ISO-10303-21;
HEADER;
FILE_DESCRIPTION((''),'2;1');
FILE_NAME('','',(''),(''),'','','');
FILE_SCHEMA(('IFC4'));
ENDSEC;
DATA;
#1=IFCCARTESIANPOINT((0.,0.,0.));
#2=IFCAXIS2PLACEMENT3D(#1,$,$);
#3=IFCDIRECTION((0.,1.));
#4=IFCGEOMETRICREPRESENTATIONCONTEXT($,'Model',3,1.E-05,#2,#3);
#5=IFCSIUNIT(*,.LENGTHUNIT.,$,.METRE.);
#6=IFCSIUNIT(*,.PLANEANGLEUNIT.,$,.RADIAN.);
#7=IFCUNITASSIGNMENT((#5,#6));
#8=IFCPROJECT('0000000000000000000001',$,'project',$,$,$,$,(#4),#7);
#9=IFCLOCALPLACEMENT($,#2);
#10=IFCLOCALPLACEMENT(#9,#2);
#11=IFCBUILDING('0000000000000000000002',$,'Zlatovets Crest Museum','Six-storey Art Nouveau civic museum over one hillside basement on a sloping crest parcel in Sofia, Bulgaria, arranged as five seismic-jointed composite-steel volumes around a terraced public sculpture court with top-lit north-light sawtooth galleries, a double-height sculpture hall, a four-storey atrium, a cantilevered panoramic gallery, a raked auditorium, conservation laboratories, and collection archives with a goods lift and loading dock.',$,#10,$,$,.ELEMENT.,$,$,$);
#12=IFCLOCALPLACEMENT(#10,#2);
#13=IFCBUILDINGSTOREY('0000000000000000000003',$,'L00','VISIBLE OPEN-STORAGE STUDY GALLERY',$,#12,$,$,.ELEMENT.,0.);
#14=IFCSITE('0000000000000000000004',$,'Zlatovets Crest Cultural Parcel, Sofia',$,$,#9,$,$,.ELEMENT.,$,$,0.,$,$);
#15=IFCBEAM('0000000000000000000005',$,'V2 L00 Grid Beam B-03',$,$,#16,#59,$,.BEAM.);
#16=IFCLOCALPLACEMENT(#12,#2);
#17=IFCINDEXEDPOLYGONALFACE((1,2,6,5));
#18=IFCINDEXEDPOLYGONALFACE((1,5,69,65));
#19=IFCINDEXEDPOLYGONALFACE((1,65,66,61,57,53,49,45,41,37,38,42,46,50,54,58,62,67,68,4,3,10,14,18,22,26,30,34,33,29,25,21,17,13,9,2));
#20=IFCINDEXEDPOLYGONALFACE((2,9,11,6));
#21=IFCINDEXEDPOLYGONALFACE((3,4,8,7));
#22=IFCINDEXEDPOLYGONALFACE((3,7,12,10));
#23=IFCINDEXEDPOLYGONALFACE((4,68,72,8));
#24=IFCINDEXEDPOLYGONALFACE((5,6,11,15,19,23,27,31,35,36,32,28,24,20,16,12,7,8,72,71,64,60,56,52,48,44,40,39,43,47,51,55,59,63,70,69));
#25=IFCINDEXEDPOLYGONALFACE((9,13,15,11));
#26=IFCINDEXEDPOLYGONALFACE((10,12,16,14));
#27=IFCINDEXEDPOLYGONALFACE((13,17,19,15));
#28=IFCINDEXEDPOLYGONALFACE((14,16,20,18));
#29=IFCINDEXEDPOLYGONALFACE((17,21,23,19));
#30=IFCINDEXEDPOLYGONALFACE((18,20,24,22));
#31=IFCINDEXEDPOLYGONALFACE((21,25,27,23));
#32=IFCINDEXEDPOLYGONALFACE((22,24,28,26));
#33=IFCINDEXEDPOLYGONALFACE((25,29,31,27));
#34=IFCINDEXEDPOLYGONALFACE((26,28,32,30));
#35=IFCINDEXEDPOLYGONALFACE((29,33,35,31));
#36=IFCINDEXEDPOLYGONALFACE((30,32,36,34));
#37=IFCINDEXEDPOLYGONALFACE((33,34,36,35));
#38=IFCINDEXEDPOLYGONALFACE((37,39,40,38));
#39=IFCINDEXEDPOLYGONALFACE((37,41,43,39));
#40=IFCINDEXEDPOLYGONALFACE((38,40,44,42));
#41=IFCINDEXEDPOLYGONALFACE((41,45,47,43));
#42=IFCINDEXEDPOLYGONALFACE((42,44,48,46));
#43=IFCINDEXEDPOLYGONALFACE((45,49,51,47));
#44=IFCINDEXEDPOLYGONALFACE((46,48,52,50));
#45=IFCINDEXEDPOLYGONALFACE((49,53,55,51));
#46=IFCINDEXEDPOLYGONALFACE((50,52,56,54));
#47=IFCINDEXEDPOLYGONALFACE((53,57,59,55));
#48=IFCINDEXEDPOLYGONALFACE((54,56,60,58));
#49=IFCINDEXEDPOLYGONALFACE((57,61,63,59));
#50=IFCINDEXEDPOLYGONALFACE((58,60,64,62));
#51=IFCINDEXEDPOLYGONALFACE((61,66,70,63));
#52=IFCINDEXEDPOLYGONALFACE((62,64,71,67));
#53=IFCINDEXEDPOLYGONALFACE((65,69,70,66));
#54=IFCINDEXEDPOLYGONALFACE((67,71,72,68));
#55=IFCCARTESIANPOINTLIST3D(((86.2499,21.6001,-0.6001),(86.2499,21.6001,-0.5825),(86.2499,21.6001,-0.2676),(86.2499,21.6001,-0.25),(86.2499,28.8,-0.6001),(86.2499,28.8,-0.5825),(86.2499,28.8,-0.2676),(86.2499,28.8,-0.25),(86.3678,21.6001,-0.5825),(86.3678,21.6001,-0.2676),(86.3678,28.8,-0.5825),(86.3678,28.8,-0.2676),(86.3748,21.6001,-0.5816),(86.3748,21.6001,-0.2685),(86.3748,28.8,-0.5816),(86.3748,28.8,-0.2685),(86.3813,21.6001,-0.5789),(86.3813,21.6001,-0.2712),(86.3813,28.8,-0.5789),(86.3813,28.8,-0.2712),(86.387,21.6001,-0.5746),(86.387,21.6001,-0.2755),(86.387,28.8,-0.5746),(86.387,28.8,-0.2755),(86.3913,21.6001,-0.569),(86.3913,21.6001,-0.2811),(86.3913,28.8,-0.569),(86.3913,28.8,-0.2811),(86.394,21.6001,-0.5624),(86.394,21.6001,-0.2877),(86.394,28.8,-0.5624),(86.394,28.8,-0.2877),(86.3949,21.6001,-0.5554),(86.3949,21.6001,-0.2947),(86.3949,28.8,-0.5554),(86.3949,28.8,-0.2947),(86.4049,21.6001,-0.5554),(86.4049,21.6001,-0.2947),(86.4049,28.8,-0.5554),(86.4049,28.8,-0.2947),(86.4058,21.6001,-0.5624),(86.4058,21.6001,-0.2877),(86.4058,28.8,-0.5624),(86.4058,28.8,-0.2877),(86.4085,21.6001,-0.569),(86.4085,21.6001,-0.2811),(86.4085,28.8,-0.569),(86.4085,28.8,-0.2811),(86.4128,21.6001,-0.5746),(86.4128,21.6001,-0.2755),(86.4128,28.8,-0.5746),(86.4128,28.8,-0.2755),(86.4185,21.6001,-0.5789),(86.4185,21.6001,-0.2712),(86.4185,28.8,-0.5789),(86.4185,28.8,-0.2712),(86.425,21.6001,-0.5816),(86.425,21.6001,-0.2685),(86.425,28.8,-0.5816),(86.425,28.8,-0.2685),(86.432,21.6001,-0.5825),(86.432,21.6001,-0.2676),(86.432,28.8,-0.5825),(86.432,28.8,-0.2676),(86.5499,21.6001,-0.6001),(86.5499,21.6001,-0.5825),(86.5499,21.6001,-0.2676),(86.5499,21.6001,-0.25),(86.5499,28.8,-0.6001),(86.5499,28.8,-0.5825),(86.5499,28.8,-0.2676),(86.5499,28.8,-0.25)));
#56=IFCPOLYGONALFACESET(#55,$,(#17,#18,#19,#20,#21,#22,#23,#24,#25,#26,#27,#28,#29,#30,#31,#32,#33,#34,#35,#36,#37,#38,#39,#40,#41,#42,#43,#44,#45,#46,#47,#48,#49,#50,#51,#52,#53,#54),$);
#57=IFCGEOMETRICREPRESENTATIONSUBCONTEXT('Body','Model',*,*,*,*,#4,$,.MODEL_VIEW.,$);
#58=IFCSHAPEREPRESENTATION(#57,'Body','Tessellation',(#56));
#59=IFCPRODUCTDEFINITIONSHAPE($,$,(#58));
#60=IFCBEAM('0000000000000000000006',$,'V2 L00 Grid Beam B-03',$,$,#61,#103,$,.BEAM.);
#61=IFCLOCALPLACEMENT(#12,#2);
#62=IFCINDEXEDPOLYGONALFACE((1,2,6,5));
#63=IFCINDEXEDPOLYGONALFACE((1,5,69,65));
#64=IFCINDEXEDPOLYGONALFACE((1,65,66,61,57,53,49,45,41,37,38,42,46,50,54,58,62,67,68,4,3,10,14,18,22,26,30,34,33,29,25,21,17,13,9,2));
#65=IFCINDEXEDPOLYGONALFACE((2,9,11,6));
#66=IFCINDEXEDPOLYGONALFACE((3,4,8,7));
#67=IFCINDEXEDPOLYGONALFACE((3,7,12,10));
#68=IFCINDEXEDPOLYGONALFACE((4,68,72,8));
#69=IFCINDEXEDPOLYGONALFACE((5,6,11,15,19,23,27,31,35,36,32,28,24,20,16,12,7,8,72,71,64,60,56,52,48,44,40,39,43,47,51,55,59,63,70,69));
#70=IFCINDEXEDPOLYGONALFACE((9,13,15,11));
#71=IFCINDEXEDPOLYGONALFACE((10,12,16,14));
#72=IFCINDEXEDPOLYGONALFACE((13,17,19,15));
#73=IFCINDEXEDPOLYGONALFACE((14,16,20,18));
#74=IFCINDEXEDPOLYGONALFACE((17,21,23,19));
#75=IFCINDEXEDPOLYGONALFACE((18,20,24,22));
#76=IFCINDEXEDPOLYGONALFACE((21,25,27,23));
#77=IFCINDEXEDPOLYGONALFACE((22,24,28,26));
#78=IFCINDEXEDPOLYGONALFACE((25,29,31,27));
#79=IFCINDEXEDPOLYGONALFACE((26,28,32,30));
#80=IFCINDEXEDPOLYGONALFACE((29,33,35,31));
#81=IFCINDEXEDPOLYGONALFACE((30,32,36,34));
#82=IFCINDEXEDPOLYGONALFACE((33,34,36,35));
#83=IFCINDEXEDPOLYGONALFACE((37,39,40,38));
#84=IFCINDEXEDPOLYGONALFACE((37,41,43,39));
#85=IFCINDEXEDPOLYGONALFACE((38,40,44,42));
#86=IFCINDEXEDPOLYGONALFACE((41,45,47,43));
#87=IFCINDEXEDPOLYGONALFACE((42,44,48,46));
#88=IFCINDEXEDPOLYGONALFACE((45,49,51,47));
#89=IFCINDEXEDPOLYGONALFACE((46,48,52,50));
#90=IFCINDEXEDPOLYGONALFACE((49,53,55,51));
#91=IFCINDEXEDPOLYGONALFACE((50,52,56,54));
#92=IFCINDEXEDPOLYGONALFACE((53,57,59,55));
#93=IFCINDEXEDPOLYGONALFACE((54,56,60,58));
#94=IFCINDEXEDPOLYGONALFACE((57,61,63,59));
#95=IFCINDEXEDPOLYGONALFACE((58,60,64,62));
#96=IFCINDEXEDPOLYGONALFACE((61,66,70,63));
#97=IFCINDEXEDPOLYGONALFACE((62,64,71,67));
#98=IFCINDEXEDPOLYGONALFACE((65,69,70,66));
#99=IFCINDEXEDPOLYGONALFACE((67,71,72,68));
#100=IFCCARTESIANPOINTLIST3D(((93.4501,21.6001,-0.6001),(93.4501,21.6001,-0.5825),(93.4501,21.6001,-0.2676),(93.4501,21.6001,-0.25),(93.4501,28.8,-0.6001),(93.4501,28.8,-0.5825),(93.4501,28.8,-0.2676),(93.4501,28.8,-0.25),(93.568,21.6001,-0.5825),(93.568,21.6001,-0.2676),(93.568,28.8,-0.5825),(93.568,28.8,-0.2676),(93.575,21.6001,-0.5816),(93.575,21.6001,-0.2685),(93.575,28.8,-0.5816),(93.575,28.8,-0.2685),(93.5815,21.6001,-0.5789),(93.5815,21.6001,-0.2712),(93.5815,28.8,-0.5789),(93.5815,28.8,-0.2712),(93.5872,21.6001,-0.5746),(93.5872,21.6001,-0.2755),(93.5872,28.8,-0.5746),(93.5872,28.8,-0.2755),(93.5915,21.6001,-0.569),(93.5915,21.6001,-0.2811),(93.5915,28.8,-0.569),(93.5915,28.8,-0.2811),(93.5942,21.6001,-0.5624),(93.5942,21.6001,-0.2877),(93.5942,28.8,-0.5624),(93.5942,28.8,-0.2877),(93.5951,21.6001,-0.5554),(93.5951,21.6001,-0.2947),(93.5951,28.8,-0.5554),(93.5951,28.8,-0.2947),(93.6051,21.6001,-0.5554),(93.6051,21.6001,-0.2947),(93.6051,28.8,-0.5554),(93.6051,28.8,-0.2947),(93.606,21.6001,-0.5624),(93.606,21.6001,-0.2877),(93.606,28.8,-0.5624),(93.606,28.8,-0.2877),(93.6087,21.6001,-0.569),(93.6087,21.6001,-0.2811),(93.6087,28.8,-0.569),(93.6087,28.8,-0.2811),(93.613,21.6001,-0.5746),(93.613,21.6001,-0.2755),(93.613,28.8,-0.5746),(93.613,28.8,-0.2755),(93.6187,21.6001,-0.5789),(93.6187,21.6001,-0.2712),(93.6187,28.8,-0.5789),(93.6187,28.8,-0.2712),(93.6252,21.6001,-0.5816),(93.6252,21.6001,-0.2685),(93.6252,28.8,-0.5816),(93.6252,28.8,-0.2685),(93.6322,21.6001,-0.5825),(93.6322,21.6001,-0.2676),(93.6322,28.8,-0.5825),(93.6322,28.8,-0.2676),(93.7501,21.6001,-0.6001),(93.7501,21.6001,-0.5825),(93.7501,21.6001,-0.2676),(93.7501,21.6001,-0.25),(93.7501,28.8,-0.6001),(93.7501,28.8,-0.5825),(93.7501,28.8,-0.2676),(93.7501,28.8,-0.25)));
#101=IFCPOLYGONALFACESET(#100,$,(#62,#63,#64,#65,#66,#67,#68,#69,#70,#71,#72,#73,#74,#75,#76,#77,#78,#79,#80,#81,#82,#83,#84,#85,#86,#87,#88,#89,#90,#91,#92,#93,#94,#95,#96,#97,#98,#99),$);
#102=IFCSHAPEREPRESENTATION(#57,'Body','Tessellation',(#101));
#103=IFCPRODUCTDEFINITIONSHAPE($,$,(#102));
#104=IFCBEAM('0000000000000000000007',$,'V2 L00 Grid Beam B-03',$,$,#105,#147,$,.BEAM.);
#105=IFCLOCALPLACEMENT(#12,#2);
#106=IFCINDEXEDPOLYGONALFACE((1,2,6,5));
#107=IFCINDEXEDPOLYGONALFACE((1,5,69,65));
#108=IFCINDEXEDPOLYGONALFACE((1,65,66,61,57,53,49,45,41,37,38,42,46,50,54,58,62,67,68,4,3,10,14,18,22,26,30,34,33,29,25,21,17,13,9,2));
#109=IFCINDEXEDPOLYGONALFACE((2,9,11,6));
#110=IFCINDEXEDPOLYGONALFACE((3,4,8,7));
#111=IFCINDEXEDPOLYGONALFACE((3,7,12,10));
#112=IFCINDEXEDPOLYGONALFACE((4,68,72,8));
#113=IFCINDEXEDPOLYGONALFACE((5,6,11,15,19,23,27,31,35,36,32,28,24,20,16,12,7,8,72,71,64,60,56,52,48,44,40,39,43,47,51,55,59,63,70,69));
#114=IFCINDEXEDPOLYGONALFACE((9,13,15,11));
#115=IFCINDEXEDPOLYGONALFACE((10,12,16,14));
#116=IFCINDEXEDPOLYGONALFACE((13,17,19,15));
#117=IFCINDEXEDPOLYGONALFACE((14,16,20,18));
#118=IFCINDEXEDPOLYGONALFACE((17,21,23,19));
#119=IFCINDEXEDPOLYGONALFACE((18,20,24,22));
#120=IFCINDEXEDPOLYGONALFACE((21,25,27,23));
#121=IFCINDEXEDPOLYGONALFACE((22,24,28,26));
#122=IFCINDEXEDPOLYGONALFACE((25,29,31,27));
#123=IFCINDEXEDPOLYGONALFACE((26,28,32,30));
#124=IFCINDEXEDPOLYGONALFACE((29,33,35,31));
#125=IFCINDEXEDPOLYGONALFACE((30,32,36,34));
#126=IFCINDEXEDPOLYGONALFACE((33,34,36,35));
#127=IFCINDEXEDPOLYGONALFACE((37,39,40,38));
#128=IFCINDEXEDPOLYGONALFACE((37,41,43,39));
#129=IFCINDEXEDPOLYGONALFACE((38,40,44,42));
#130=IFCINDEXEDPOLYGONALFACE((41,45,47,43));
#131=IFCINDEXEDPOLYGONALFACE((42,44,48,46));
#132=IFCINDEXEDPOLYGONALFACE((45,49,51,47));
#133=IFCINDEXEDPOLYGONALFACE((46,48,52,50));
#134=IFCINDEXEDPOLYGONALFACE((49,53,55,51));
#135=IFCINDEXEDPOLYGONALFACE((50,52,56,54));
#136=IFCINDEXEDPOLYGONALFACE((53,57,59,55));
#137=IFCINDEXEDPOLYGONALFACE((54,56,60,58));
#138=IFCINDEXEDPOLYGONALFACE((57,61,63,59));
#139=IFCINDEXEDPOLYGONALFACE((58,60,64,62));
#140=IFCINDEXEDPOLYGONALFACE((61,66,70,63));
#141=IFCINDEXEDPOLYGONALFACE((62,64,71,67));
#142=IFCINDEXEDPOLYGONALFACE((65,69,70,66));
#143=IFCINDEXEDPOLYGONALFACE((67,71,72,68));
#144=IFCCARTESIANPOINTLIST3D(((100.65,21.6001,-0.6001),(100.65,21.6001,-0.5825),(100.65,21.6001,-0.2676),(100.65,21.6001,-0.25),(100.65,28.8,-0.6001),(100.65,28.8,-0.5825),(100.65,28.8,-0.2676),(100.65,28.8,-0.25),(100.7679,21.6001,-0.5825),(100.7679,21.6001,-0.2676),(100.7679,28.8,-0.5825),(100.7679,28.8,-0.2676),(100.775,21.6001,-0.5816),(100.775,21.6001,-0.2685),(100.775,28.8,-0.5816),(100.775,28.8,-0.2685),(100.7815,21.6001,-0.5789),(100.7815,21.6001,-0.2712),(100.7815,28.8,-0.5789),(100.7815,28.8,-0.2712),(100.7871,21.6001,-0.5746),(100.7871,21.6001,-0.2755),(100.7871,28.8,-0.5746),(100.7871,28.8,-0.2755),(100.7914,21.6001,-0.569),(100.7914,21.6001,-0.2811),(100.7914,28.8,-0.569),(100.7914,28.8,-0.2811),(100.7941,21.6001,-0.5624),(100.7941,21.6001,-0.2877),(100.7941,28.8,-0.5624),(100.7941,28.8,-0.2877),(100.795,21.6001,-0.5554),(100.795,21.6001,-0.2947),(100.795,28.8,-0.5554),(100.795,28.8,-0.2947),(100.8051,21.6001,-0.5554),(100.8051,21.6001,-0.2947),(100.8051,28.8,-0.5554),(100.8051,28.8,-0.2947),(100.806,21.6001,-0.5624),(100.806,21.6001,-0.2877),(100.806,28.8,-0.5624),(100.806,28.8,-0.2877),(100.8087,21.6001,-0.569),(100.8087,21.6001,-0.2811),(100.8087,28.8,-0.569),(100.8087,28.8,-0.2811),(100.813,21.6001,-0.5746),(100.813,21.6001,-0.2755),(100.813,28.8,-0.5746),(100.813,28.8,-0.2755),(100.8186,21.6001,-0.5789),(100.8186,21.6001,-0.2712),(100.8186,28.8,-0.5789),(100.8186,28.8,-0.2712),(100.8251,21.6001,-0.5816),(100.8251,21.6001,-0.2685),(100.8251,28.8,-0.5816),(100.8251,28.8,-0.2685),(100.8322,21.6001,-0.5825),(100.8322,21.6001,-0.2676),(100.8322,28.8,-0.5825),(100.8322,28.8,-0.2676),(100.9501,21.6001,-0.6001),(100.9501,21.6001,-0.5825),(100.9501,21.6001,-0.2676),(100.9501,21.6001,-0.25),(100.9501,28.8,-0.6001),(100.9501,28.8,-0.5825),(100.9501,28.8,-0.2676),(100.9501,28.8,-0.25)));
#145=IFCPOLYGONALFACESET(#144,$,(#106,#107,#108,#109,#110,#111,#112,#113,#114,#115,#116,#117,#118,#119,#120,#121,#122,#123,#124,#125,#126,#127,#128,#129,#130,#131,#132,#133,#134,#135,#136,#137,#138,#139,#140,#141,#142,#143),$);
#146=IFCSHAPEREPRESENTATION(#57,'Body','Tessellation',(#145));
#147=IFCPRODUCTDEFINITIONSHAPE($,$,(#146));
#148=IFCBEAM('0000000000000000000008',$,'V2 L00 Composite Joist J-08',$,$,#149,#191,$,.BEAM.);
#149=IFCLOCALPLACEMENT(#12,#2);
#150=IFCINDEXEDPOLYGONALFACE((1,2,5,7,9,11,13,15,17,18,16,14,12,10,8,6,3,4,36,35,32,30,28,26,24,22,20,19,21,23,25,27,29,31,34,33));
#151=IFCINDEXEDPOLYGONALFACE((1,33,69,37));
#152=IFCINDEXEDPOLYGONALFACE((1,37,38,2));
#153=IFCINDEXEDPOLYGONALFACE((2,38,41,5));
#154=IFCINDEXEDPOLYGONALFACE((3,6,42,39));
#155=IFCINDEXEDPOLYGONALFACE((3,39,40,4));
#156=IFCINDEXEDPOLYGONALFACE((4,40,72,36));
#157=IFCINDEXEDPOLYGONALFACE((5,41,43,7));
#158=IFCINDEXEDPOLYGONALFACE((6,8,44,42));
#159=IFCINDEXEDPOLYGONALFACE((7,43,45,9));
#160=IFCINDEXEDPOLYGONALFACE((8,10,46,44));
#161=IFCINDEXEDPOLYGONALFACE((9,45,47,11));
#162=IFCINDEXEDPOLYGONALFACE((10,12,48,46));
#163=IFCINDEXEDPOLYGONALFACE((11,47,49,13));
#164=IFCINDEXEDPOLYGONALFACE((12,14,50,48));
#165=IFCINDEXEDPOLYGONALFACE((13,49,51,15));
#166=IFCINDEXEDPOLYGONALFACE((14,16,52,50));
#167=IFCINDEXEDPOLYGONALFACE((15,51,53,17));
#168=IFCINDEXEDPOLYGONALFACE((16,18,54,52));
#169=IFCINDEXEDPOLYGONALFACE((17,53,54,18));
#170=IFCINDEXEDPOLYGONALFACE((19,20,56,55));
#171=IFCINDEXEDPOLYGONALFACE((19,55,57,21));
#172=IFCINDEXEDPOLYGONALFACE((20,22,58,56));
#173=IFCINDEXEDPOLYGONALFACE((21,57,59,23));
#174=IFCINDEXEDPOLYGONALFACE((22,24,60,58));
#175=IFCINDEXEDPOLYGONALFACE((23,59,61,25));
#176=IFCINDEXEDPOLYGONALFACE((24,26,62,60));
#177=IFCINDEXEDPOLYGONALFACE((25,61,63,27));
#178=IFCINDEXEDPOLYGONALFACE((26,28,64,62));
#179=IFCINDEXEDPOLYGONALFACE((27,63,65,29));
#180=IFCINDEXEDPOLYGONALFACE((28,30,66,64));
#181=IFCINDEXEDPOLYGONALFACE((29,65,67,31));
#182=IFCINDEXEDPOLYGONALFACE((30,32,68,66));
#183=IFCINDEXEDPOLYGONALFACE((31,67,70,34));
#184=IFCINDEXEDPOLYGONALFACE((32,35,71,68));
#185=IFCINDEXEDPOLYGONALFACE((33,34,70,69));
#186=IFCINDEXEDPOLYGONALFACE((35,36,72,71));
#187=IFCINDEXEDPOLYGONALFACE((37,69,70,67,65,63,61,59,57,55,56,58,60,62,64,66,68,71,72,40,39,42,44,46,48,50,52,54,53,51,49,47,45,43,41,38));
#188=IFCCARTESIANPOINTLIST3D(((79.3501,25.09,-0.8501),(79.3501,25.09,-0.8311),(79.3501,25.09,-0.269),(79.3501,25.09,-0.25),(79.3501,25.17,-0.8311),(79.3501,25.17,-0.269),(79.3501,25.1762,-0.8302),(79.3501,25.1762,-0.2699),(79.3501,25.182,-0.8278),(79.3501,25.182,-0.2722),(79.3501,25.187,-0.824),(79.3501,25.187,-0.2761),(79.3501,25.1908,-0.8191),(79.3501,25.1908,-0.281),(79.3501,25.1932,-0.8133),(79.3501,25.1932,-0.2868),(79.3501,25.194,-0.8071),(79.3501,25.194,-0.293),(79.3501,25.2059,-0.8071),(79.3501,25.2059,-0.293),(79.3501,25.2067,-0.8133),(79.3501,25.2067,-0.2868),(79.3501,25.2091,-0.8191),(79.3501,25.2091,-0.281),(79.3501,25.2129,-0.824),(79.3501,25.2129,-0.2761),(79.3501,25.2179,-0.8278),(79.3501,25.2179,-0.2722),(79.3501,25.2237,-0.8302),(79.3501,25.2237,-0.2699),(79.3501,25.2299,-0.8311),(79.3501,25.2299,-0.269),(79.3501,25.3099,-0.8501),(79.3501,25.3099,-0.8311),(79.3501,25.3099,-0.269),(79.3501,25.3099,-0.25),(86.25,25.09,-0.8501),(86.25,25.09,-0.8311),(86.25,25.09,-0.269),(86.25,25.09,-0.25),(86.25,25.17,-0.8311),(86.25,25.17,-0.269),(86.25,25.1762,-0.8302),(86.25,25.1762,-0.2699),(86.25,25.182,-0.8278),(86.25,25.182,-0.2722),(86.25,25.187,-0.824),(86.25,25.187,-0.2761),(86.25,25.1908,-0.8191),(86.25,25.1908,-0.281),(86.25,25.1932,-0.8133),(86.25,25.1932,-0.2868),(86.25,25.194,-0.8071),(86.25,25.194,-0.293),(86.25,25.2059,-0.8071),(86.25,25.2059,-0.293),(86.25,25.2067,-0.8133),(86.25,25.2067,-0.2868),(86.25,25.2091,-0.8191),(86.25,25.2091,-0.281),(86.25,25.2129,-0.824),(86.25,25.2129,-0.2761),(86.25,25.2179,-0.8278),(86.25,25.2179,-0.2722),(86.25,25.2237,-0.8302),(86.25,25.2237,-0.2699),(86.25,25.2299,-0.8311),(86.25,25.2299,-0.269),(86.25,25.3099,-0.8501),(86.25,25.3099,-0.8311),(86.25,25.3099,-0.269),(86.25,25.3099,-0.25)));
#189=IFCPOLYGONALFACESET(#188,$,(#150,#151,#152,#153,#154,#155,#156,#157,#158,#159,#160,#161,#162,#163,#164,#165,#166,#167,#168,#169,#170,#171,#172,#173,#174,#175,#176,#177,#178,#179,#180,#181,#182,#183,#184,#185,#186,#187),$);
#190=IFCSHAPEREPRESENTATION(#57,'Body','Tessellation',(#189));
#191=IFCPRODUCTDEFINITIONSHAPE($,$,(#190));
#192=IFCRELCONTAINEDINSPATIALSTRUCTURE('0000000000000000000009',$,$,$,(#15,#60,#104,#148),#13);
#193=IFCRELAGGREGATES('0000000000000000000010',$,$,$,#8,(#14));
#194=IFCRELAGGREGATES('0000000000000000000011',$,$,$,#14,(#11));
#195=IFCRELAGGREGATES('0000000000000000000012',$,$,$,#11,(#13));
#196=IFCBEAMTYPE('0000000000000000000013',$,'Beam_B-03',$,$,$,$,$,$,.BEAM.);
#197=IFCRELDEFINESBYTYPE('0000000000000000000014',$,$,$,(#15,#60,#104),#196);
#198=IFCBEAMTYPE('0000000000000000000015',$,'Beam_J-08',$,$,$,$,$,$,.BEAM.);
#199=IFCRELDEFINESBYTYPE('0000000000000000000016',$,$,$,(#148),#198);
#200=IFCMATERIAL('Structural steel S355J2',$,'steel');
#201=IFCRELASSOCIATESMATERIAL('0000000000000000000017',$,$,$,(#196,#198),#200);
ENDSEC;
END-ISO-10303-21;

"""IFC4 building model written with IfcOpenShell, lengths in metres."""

from ifc_helpers import new_model, si_unit, direction, frame, origin, origin_2d, place, context, subcontext, project, spatial, i_section, extrude, material, material_profile, profile_set, type_object, element, save


model = new_model("IFC4")

# Units and contexts
model_context = context("Model", 3, precision=1e-05, world=origin(), true_north=direction((0.0, 1.0)))
body_context = subcontext(model_context, "Body", "Model", "MODEL_VIEW")
ifc_project = project(units=[si_unit("LENGTHUNIT", "METRE"), si_unit("PLANEANGLEUNIT", "RADIAN")], contexts=[model_context])

# Site, building, storey
site_placement = place(None, origin())
site = spatial("IfcSite", under=ifc_project, at=site_placement, Name="Zlatovets Crest Cultural Parcel, Sofia", CompositionType="ELEMENT", RefElevation=0.0)
building_placement = place(site_placement, origin())
building = spatial("IfcBuilding", under=site, at=building_placement, Name="Zlatovets Crest Museum", Description="Six-storey Art Nouveau civic museum over one hillside basement on a sloping crest parcel in Sofia, Bulgaria, arranged as five seismic-jointed composite-steel volumes around a terraced public sculpture court with top-lit north-light sawtooth galleries, a double-height sculpture hall, a four-storey atrium, a cantilevered panoramic gallery, a raked auditorium, conservation laboratories, and collection archives with a goods lift and loading dock.", CompositionType="ELEMENT")
storey_placement = place(building_placement, origin())
storey = spatial("IfcBuildingStorey", under=building, at=storey_placement, Name="L00", Description="VISIBLE OPEN-STORAGE STUDY GALLERY", CompositionType="ELEMENT", Elevation=0.0)

# Shared definitions
ifc_material_1 = material(Name="Structural steel S355J2", Category="steel")

# Beams
ifc_material_profile_1 = material_profile(ifc_material_1, i_section(OverallWidth=0.3, OverallDepth=0.3501, WebThickness=0.01, FlangeThickness=0.0176, FilletRadius=0.0271, at=origin_2d()), Name="HEA 360")
ifc_profile_set_1 = profile_set([ifc_material_profile_1], Name="Structural steel S355J2")
beam_type_1 = type_object("IfcBeamType", Name="Beam_B-03", PredefinedType="BEAM", material=ifc_profile_set_1)
for number, where, z_axis, x_axis, name in (
    (1, (86.3999, 21.6001, -0.425), (0.0, 1.0, 0.0), (-1.0, 0.0, 0.0), "V2 L00 Grid Beam B-03"),
    (2, (93.6001, 21.6001, -0.425), (0.0, 1.0, 0.0), (-1.0, 0.0, 0.0), "V2 L00 Grid Beam B-03"),
    (3, (100.8, 21.6001, -0.425), (0.0, 1.0, 0.0), (-1.0, 0.0, 0.0), "V2 L00 Grid Beam B-03"),
):
    element("IfcBeam", number, at=place(storey_placement, frame(where, z_axis=z_axis, x_axis=x_axis)), inside=storey, type_object=beam_type_1, Name=name, PredefinedType="BEAM", context=body_context, shape_type="SweptSolid", body=[
        extrude(i_section(OverallWidth=0.3, OverallDepth=0.3501, WebThickness=0.01, FlangeThickness=0.0176, FilletRadius=0.0271, at=origin_2d()), origin(), (0.0, 0.0, 1.0), 7.2),
    ])
ifc_material_profile_2 = material_profile(ifc_material_1, i_section(OverallWidth=0.22, OverallDepth=0.6001, WebThickness=0.012, FlangeThickness=0.019, FilletRadius=0.0239, at=origin_2d()), Name="IPE 600")
ifc_profile_set_2 = profile_set([ifc_material_profile_2], Name="Structural steel S355J2")
beam_type_2 = type_object("IfcBeamType", Name="Beam_J-08", PredefinedType="BEAM", material=ifc_profile_set_2)
for number, where, z_axis, x_axis, name in (
    (4, (79.3501, 25.2, -0.55), (1.0, 0.0, 0.0), (0.0, 1.0, 0.0), "V2 L00 Composite Joist J-08"),
):
    element("IfcBeam", number, at=place(storey_placement, frame(where, z_axis=z_axis, x_axis=x_axis)), inside=storey, type_object=beam_type_2, Name=name, PredefinedType="BEAM", context=body_context, shape_type="SweptSolid", body=[
        extrude(i_section(OverallWidth=0.22, OverallDepth=0.6001, WebThickness=0.012, FlangeThickness=0.019, FilletRadius=0.0239, at=origin_2d()), origin(), (0.0, 0.0, 1.0), 6.8999),
    ])

save(model, "model.ifc")
